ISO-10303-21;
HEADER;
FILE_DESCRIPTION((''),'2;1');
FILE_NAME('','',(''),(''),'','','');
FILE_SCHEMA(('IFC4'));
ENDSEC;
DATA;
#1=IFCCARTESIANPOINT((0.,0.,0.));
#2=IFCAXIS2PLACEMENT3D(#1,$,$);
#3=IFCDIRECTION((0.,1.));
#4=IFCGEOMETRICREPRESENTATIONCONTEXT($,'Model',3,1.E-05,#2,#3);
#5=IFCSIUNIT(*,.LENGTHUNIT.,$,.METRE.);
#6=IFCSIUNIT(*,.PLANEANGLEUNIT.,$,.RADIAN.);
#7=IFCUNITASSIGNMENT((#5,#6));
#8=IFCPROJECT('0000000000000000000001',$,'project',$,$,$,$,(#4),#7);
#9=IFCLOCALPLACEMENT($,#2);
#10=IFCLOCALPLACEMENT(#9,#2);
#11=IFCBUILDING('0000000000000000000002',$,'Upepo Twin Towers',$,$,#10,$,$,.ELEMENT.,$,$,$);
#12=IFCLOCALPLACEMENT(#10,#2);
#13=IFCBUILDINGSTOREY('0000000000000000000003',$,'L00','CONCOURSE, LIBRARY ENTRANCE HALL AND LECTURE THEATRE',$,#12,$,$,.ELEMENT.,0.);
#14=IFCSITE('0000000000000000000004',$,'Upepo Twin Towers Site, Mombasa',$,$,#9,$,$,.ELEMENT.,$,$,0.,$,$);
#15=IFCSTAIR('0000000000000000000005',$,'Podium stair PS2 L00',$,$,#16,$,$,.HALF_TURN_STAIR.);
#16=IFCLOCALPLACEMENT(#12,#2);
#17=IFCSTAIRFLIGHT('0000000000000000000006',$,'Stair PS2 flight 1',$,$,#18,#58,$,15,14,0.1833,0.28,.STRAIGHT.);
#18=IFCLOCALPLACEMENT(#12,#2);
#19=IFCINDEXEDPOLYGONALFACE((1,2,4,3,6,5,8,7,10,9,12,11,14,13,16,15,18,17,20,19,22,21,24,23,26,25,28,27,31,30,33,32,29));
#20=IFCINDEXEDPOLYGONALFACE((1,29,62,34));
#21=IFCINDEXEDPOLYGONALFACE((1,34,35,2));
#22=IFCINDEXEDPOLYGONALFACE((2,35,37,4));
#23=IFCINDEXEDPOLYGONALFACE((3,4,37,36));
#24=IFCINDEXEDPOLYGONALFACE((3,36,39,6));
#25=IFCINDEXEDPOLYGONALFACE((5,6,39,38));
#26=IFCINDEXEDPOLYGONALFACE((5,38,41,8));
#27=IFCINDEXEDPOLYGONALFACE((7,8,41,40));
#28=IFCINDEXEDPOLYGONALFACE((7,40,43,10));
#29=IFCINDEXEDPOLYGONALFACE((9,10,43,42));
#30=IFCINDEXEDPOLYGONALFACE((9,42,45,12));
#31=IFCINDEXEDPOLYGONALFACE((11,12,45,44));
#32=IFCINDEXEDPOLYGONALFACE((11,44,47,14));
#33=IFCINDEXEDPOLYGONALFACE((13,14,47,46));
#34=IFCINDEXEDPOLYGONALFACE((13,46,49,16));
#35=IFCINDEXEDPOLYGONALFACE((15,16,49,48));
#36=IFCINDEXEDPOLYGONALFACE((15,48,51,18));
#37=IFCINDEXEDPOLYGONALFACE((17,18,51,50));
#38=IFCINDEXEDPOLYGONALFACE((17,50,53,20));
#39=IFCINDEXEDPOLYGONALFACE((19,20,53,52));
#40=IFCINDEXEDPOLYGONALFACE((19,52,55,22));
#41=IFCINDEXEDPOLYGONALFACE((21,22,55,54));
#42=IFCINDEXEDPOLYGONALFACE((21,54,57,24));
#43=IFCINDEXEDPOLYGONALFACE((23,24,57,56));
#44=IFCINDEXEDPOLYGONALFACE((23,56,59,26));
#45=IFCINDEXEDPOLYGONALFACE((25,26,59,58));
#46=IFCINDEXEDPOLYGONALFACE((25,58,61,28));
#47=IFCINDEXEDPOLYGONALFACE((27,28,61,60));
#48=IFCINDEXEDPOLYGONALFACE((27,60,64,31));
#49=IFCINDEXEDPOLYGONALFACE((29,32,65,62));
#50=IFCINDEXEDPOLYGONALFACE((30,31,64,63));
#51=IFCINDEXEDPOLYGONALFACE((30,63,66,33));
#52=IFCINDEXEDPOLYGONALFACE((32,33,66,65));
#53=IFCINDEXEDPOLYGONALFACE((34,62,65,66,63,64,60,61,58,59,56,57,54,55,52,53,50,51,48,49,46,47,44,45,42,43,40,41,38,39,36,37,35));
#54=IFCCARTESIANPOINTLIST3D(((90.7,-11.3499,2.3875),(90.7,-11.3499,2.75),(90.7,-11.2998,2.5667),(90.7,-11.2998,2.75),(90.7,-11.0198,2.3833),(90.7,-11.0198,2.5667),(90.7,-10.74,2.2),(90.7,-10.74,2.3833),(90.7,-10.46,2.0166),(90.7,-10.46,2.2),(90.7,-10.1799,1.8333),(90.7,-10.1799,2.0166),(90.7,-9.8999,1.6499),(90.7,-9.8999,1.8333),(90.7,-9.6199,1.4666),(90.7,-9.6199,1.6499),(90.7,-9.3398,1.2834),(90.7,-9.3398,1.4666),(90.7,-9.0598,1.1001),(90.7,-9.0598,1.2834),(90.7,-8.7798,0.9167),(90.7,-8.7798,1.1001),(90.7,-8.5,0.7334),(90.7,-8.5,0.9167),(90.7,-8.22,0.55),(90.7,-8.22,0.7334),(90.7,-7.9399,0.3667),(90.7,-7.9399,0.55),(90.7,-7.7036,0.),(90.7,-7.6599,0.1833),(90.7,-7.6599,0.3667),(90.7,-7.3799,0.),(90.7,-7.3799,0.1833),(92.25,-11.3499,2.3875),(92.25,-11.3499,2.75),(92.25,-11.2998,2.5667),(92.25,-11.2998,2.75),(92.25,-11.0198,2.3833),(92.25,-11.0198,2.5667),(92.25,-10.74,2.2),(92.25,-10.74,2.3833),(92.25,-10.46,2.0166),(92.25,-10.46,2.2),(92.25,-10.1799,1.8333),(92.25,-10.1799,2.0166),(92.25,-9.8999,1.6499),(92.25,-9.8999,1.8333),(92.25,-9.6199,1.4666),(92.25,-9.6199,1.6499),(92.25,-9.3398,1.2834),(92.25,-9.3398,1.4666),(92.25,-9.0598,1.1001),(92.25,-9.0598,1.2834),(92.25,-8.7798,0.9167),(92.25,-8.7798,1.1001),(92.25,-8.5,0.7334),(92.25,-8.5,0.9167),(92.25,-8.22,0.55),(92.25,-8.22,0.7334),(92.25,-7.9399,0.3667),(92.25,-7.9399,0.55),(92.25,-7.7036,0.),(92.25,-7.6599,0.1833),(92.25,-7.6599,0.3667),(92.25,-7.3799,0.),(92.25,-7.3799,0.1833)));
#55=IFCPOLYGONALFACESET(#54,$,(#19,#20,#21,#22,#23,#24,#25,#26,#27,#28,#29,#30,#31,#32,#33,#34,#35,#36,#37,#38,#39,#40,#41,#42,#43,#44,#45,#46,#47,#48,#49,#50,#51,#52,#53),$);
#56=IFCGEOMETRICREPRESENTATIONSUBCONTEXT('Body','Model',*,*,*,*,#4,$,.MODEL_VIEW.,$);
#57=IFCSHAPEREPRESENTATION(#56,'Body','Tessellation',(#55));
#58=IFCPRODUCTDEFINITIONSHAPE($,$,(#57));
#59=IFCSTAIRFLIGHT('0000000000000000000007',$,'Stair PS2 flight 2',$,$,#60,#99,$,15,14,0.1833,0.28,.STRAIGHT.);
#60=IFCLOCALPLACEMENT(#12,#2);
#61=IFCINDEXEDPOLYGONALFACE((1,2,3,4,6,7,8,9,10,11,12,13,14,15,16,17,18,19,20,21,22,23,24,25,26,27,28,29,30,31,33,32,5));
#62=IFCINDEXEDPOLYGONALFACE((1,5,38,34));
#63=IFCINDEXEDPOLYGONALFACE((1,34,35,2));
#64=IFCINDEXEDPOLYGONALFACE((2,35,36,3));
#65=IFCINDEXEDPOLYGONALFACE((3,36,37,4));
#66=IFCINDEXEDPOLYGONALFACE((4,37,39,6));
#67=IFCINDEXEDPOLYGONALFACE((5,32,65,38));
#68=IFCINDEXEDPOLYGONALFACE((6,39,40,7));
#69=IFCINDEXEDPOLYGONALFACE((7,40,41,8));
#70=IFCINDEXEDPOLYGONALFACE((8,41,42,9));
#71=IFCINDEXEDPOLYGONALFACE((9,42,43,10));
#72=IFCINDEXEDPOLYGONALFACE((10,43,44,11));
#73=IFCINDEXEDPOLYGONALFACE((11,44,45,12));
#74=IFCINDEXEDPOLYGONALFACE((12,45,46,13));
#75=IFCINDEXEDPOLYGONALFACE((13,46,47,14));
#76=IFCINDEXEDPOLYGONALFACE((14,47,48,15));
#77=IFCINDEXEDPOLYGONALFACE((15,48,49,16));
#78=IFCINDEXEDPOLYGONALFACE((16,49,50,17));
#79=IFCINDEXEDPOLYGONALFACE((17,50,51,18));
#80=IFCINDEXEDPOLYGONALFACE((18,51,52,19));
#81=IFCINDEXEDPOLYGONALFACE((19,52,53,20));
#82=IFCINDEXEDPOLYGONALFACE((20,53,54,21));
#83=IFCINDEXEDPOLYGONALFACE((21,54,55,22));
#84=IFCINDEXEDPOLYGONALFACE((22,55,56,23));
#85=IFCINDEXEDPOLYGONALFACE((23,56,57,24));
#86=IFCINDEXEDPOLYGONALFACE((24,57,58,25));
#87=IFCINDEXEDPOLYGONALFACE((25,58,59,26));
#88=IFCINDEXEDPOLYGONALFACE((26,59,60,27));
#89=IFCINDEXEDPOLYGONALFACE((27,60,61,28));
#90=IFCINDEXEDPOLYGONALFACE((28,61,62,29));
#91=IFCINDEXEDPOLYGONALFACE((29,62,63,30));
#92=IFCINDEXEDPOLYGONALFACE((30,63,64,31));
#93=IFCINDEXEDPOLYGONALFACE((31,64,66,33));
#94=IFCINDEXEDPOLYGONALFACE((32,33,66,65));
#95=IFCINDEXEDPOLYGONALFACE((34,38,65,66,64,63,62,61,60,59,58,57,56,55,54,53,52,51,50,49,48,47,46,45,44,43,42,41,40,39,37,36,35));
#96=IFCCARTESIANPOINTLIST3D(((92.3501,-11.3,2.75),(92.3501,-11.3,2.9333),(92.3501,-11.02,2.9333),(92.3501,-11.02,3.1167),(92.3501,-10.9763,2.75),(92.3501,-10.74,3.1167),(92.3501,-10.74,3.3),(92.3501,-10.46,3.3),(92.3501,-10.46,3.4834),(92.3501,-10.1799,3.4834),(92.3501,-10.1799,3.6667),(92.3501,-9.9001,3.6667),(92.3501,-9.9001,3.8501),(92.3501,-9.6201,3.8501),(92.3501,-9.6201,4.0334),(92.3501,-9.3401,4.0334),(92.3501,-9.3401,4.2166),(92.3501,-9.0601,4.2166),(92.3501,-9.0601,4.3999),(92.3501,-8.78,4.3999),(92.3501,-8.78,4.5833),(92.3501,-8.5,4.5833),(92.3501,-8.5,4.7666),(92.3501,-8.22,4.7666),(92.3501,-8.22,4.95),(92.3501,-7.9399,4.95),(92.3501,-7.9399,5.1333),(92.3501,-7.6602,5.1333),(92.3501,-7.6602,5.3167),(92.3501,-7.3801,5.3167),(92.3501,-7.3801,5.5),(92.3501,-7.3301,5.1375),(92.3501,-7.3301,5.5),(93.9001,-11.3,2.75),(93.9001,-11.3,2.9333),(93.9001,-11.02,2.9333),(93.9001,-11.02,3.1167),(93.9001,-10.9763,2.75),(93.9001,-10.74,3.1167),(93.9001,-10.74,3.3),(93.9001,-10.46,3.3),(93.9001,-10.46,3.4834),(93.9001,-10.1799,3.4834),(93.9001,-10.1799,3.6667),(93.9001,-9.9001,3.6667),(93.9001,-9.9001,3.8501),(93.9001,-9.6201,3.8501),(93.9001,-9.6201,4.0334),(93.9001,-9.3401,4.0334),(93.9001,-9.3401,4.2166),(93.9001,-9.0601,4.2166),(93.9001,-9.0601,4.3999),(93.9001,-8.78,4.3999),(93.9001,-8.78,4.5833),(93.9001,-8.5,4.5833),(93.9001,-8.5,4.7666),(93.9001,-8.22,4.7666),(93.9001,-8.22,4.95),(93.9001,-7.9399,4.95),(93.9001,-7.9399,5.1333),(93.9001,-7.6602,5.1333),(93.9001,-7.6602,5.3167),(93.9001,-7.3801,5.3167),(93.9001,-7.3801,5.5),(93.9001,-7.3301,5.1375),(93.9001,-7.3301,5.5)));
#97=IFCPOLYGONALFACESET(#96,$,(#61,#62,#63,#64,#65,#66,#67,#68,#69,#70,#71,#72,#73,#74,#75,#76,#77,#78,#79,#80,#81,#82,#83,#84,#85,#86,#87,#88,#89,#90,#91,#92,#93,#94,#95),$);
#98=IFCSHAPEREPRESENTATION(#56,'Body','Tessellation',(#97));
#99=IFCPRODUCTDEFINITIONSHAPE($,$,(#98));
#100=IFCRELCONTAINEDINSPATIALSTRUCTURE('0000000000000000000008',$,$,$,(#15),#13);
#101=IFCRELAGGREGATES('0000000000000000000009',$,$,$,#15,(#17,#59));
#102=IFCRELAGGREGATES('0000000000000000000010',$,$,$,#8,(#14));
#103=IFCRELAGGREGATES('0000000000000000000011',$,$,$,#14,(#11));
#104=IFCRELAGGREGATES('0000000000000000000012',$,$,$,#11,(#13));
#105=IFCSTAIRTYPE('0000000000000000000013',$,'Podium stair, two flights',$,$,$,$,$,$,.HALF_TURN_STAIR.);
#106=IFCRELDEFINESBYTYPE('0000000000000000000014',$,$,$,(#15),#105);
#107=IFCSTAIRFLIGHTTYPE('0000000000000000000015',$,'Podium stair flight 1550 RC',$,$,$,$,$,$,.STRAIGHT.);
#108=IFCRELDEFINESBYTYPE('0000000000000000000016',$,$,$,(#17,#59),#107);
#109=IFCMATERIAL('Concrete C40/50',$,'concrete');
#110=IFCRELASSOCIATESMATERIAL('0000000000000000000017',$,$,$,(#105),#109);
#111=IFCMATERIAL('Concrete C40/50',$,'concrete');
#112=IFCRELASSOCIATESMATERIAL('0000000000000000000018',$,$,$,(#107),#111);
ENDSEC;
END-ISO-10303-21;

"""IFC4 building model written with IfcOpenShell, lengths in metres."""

from ifc_helpers import new_model, si_unit, direction, frame, origin, place, context, subcontext, project, spatial, polyline, outline, extrude, material, type_object, element, aggregate, save


model = new_model("IFC4")

# Units and contexts
model_context = context("Model", 3, precision=1e-05, world=origin(), true_north=direction((0.0, 1.0)))
body_context = subcontext(model_context, "Body", "Model", "MODEL_VIEW")
ifc_project = project(units=[si_unit("LENGTHUNIT", "METRE"), si_unit("PLANEANGLEUNIT", "RADIAN")], contexts=[model_context])

# Site, building, storey
site_placement = place(None, origin())
site = spatial("IfcSite", under=ifc_project, at=site_placement, Name="Upepo Twin Towers Site, Mombasa", CompositionType="ELEMENT", RefElevation=0.0)
building_placement = place(site_placement, origin())
building = spatial("IfcBuilding", under=site, at=building_placement, Name="Upepo Twin Towers", CompositionType="ELEMENT")
storey_placement = place(building_placement, origin())
storey = spatial("IfcBuildingStorey", under=building, at=storey_placement, Name="L00", Description="CONCOURSE, LIBRARY ENTRANCE HALL AND LECTURE THEATRE", CompositionType="ELEMENT", Elevation=0.0)

# Stair, stair flights
ifc_material_1 = material(Name="Concrete C40/50", Category="concrete")
stair_type = type_object("IfcStairType", Name="Podium stair, two flights", PredefinedType="HALF_TURN_STAIR", material=ifc_material_1)
stair_placement = place(storey_placement, origin())
stair = element("IfcStair", 1, at=stair_placement, inside=storey, type_object=stair_type, Name="Podium stair PS2 L00", PredefinedType="HALF_TURN_STAIR")
ifc_material_2 = material(Name="Concrete C40/50", Category="concrete")
stair_flight_type = type_object("IfcStairFlightType", Name="Podium stair flight 1550 RC", PredefinedType="STRAIGHT", material=ifc_material_2)
stair_flight_1_placement = place(storey_placement, frame((91.4751, -7.3799, 0.0), z_axis=(0.0, 0.0, 1.0), x_axis=(0.0, -1.0, 0.0)))
stair_flight_1 = element("IfcStairFlight", 2, at=stair_flight_1_placement, type_object=stair_flight_type, Name="Stair PS2 flight 1", NumberOfRisers=15, NumberOfTreads=14, PredefinedType="STRAIGHT", RiserHeight=0.1833, TreadLength=0.28, context=body_context, shape_type="SweptSolid", body=[
    extrude(outline(polyline([(0.0, 0.0), (0.0, 0.1833), (0.28, 0.1833), (0.28, 0.3667), (0.5601, 0.3667), (0.5601, 0.55), (0.8401, 0.55), (0.8401, 0.7334), (1.1201, 0.7334), (1.1201, 0.9167), (1.3999, 0.9167), (1.3999, 1.1001), (1.6799, 1.1001), (1.6799, 1.2834), (1.96, 1.2834), (1.96, 1.4666), (2.24, 1.4666), (2.24, 1.6499), (2.52, 1.6499), (2.52, 1.8333), (2.8, 1.8333), (2.8, 2.0166), (3.0801, 2.0166), (3.0801, 2.2), (3.3601, 2.2), (3.3601, 2.3833), (3.6399, 2.3833), (3.6399, 2.5667), (3.9199, 2.5667), (3.9199, 2.75), (3.97, 2.75), (3.97, 2.3875), (0.3237, 0.0), (0.0, 0.0)])), frame((0.0, 0.7749, 0.0), z_axis=(0.0, -1.0, 0.0), x_axis=(1.0, 0.0, 0.0)), (0.0, 0.0, 1.0), 1.55),
])
stair_flight_2_placement = place(storey_placement, frame((93.125, -11.3, 2.75), z_axis=(0.0, 0.0, 1.0), x_axis=(0.0, 1.0, 0.0)))
stair_flight_2 = element("IfcStairFlight", 3, at=stair_flight_2_placement, type_object=stair_flight_type, Name="Stair PS2 flight 2", NumberOfRisers=15, NumberOfTreads=14, PredefinedType="STRAIGHT", RiserHeight=0.1833, TreadLength=0.28, context=body_context, shape_type="SweptSolid", body=[
    extrude(outline(polyline([(0.0, 0.0), (0.0, 0.1833), (0.28, 0.1833), (0.28, 0.3667), (0.5601, 0.3667), (0.5601, 0.55), (0.8401, 0.55), (0.8401, 0.7334), (1.1201, 0.7334), (1.1201, 0.9167), (1.3999, 0.9167), (1.3999, 1.1001), (1.6799, 1.1001), (1.6799, 1.2834), (1.96, 1.2834), (1.96, 1.4666), (2.24, 1.4666), (2.24, 1.6499), (2.52, 1.6499), (2.52, 1.8333), (2.8, 1.8333), (2.8, 2.0166), (3.0801, 2.0166), (3.0801, 2.2), (3.3601, 2.2), (3.3601, 2.3833), (3.6399, 2.3833), (3.6399, 2.5667), (3.9199, 2.5667), (3.9199, 2.75), (3.97, 2.75), (3.97, 2.3875), (0.3237, 0.0), (0.0, 0.0)])), frame((0.0, 0.7749, 0.0), z_axis=(0.0, -1.0, 0.0), x_axis=(1.0, 0.0, 0.0)), (0.0, 0.0, 1.0), 1.55),
])
aggregate(stair, [stair_flight_1, stair_flight_2])

save(model, "model.ifc")
